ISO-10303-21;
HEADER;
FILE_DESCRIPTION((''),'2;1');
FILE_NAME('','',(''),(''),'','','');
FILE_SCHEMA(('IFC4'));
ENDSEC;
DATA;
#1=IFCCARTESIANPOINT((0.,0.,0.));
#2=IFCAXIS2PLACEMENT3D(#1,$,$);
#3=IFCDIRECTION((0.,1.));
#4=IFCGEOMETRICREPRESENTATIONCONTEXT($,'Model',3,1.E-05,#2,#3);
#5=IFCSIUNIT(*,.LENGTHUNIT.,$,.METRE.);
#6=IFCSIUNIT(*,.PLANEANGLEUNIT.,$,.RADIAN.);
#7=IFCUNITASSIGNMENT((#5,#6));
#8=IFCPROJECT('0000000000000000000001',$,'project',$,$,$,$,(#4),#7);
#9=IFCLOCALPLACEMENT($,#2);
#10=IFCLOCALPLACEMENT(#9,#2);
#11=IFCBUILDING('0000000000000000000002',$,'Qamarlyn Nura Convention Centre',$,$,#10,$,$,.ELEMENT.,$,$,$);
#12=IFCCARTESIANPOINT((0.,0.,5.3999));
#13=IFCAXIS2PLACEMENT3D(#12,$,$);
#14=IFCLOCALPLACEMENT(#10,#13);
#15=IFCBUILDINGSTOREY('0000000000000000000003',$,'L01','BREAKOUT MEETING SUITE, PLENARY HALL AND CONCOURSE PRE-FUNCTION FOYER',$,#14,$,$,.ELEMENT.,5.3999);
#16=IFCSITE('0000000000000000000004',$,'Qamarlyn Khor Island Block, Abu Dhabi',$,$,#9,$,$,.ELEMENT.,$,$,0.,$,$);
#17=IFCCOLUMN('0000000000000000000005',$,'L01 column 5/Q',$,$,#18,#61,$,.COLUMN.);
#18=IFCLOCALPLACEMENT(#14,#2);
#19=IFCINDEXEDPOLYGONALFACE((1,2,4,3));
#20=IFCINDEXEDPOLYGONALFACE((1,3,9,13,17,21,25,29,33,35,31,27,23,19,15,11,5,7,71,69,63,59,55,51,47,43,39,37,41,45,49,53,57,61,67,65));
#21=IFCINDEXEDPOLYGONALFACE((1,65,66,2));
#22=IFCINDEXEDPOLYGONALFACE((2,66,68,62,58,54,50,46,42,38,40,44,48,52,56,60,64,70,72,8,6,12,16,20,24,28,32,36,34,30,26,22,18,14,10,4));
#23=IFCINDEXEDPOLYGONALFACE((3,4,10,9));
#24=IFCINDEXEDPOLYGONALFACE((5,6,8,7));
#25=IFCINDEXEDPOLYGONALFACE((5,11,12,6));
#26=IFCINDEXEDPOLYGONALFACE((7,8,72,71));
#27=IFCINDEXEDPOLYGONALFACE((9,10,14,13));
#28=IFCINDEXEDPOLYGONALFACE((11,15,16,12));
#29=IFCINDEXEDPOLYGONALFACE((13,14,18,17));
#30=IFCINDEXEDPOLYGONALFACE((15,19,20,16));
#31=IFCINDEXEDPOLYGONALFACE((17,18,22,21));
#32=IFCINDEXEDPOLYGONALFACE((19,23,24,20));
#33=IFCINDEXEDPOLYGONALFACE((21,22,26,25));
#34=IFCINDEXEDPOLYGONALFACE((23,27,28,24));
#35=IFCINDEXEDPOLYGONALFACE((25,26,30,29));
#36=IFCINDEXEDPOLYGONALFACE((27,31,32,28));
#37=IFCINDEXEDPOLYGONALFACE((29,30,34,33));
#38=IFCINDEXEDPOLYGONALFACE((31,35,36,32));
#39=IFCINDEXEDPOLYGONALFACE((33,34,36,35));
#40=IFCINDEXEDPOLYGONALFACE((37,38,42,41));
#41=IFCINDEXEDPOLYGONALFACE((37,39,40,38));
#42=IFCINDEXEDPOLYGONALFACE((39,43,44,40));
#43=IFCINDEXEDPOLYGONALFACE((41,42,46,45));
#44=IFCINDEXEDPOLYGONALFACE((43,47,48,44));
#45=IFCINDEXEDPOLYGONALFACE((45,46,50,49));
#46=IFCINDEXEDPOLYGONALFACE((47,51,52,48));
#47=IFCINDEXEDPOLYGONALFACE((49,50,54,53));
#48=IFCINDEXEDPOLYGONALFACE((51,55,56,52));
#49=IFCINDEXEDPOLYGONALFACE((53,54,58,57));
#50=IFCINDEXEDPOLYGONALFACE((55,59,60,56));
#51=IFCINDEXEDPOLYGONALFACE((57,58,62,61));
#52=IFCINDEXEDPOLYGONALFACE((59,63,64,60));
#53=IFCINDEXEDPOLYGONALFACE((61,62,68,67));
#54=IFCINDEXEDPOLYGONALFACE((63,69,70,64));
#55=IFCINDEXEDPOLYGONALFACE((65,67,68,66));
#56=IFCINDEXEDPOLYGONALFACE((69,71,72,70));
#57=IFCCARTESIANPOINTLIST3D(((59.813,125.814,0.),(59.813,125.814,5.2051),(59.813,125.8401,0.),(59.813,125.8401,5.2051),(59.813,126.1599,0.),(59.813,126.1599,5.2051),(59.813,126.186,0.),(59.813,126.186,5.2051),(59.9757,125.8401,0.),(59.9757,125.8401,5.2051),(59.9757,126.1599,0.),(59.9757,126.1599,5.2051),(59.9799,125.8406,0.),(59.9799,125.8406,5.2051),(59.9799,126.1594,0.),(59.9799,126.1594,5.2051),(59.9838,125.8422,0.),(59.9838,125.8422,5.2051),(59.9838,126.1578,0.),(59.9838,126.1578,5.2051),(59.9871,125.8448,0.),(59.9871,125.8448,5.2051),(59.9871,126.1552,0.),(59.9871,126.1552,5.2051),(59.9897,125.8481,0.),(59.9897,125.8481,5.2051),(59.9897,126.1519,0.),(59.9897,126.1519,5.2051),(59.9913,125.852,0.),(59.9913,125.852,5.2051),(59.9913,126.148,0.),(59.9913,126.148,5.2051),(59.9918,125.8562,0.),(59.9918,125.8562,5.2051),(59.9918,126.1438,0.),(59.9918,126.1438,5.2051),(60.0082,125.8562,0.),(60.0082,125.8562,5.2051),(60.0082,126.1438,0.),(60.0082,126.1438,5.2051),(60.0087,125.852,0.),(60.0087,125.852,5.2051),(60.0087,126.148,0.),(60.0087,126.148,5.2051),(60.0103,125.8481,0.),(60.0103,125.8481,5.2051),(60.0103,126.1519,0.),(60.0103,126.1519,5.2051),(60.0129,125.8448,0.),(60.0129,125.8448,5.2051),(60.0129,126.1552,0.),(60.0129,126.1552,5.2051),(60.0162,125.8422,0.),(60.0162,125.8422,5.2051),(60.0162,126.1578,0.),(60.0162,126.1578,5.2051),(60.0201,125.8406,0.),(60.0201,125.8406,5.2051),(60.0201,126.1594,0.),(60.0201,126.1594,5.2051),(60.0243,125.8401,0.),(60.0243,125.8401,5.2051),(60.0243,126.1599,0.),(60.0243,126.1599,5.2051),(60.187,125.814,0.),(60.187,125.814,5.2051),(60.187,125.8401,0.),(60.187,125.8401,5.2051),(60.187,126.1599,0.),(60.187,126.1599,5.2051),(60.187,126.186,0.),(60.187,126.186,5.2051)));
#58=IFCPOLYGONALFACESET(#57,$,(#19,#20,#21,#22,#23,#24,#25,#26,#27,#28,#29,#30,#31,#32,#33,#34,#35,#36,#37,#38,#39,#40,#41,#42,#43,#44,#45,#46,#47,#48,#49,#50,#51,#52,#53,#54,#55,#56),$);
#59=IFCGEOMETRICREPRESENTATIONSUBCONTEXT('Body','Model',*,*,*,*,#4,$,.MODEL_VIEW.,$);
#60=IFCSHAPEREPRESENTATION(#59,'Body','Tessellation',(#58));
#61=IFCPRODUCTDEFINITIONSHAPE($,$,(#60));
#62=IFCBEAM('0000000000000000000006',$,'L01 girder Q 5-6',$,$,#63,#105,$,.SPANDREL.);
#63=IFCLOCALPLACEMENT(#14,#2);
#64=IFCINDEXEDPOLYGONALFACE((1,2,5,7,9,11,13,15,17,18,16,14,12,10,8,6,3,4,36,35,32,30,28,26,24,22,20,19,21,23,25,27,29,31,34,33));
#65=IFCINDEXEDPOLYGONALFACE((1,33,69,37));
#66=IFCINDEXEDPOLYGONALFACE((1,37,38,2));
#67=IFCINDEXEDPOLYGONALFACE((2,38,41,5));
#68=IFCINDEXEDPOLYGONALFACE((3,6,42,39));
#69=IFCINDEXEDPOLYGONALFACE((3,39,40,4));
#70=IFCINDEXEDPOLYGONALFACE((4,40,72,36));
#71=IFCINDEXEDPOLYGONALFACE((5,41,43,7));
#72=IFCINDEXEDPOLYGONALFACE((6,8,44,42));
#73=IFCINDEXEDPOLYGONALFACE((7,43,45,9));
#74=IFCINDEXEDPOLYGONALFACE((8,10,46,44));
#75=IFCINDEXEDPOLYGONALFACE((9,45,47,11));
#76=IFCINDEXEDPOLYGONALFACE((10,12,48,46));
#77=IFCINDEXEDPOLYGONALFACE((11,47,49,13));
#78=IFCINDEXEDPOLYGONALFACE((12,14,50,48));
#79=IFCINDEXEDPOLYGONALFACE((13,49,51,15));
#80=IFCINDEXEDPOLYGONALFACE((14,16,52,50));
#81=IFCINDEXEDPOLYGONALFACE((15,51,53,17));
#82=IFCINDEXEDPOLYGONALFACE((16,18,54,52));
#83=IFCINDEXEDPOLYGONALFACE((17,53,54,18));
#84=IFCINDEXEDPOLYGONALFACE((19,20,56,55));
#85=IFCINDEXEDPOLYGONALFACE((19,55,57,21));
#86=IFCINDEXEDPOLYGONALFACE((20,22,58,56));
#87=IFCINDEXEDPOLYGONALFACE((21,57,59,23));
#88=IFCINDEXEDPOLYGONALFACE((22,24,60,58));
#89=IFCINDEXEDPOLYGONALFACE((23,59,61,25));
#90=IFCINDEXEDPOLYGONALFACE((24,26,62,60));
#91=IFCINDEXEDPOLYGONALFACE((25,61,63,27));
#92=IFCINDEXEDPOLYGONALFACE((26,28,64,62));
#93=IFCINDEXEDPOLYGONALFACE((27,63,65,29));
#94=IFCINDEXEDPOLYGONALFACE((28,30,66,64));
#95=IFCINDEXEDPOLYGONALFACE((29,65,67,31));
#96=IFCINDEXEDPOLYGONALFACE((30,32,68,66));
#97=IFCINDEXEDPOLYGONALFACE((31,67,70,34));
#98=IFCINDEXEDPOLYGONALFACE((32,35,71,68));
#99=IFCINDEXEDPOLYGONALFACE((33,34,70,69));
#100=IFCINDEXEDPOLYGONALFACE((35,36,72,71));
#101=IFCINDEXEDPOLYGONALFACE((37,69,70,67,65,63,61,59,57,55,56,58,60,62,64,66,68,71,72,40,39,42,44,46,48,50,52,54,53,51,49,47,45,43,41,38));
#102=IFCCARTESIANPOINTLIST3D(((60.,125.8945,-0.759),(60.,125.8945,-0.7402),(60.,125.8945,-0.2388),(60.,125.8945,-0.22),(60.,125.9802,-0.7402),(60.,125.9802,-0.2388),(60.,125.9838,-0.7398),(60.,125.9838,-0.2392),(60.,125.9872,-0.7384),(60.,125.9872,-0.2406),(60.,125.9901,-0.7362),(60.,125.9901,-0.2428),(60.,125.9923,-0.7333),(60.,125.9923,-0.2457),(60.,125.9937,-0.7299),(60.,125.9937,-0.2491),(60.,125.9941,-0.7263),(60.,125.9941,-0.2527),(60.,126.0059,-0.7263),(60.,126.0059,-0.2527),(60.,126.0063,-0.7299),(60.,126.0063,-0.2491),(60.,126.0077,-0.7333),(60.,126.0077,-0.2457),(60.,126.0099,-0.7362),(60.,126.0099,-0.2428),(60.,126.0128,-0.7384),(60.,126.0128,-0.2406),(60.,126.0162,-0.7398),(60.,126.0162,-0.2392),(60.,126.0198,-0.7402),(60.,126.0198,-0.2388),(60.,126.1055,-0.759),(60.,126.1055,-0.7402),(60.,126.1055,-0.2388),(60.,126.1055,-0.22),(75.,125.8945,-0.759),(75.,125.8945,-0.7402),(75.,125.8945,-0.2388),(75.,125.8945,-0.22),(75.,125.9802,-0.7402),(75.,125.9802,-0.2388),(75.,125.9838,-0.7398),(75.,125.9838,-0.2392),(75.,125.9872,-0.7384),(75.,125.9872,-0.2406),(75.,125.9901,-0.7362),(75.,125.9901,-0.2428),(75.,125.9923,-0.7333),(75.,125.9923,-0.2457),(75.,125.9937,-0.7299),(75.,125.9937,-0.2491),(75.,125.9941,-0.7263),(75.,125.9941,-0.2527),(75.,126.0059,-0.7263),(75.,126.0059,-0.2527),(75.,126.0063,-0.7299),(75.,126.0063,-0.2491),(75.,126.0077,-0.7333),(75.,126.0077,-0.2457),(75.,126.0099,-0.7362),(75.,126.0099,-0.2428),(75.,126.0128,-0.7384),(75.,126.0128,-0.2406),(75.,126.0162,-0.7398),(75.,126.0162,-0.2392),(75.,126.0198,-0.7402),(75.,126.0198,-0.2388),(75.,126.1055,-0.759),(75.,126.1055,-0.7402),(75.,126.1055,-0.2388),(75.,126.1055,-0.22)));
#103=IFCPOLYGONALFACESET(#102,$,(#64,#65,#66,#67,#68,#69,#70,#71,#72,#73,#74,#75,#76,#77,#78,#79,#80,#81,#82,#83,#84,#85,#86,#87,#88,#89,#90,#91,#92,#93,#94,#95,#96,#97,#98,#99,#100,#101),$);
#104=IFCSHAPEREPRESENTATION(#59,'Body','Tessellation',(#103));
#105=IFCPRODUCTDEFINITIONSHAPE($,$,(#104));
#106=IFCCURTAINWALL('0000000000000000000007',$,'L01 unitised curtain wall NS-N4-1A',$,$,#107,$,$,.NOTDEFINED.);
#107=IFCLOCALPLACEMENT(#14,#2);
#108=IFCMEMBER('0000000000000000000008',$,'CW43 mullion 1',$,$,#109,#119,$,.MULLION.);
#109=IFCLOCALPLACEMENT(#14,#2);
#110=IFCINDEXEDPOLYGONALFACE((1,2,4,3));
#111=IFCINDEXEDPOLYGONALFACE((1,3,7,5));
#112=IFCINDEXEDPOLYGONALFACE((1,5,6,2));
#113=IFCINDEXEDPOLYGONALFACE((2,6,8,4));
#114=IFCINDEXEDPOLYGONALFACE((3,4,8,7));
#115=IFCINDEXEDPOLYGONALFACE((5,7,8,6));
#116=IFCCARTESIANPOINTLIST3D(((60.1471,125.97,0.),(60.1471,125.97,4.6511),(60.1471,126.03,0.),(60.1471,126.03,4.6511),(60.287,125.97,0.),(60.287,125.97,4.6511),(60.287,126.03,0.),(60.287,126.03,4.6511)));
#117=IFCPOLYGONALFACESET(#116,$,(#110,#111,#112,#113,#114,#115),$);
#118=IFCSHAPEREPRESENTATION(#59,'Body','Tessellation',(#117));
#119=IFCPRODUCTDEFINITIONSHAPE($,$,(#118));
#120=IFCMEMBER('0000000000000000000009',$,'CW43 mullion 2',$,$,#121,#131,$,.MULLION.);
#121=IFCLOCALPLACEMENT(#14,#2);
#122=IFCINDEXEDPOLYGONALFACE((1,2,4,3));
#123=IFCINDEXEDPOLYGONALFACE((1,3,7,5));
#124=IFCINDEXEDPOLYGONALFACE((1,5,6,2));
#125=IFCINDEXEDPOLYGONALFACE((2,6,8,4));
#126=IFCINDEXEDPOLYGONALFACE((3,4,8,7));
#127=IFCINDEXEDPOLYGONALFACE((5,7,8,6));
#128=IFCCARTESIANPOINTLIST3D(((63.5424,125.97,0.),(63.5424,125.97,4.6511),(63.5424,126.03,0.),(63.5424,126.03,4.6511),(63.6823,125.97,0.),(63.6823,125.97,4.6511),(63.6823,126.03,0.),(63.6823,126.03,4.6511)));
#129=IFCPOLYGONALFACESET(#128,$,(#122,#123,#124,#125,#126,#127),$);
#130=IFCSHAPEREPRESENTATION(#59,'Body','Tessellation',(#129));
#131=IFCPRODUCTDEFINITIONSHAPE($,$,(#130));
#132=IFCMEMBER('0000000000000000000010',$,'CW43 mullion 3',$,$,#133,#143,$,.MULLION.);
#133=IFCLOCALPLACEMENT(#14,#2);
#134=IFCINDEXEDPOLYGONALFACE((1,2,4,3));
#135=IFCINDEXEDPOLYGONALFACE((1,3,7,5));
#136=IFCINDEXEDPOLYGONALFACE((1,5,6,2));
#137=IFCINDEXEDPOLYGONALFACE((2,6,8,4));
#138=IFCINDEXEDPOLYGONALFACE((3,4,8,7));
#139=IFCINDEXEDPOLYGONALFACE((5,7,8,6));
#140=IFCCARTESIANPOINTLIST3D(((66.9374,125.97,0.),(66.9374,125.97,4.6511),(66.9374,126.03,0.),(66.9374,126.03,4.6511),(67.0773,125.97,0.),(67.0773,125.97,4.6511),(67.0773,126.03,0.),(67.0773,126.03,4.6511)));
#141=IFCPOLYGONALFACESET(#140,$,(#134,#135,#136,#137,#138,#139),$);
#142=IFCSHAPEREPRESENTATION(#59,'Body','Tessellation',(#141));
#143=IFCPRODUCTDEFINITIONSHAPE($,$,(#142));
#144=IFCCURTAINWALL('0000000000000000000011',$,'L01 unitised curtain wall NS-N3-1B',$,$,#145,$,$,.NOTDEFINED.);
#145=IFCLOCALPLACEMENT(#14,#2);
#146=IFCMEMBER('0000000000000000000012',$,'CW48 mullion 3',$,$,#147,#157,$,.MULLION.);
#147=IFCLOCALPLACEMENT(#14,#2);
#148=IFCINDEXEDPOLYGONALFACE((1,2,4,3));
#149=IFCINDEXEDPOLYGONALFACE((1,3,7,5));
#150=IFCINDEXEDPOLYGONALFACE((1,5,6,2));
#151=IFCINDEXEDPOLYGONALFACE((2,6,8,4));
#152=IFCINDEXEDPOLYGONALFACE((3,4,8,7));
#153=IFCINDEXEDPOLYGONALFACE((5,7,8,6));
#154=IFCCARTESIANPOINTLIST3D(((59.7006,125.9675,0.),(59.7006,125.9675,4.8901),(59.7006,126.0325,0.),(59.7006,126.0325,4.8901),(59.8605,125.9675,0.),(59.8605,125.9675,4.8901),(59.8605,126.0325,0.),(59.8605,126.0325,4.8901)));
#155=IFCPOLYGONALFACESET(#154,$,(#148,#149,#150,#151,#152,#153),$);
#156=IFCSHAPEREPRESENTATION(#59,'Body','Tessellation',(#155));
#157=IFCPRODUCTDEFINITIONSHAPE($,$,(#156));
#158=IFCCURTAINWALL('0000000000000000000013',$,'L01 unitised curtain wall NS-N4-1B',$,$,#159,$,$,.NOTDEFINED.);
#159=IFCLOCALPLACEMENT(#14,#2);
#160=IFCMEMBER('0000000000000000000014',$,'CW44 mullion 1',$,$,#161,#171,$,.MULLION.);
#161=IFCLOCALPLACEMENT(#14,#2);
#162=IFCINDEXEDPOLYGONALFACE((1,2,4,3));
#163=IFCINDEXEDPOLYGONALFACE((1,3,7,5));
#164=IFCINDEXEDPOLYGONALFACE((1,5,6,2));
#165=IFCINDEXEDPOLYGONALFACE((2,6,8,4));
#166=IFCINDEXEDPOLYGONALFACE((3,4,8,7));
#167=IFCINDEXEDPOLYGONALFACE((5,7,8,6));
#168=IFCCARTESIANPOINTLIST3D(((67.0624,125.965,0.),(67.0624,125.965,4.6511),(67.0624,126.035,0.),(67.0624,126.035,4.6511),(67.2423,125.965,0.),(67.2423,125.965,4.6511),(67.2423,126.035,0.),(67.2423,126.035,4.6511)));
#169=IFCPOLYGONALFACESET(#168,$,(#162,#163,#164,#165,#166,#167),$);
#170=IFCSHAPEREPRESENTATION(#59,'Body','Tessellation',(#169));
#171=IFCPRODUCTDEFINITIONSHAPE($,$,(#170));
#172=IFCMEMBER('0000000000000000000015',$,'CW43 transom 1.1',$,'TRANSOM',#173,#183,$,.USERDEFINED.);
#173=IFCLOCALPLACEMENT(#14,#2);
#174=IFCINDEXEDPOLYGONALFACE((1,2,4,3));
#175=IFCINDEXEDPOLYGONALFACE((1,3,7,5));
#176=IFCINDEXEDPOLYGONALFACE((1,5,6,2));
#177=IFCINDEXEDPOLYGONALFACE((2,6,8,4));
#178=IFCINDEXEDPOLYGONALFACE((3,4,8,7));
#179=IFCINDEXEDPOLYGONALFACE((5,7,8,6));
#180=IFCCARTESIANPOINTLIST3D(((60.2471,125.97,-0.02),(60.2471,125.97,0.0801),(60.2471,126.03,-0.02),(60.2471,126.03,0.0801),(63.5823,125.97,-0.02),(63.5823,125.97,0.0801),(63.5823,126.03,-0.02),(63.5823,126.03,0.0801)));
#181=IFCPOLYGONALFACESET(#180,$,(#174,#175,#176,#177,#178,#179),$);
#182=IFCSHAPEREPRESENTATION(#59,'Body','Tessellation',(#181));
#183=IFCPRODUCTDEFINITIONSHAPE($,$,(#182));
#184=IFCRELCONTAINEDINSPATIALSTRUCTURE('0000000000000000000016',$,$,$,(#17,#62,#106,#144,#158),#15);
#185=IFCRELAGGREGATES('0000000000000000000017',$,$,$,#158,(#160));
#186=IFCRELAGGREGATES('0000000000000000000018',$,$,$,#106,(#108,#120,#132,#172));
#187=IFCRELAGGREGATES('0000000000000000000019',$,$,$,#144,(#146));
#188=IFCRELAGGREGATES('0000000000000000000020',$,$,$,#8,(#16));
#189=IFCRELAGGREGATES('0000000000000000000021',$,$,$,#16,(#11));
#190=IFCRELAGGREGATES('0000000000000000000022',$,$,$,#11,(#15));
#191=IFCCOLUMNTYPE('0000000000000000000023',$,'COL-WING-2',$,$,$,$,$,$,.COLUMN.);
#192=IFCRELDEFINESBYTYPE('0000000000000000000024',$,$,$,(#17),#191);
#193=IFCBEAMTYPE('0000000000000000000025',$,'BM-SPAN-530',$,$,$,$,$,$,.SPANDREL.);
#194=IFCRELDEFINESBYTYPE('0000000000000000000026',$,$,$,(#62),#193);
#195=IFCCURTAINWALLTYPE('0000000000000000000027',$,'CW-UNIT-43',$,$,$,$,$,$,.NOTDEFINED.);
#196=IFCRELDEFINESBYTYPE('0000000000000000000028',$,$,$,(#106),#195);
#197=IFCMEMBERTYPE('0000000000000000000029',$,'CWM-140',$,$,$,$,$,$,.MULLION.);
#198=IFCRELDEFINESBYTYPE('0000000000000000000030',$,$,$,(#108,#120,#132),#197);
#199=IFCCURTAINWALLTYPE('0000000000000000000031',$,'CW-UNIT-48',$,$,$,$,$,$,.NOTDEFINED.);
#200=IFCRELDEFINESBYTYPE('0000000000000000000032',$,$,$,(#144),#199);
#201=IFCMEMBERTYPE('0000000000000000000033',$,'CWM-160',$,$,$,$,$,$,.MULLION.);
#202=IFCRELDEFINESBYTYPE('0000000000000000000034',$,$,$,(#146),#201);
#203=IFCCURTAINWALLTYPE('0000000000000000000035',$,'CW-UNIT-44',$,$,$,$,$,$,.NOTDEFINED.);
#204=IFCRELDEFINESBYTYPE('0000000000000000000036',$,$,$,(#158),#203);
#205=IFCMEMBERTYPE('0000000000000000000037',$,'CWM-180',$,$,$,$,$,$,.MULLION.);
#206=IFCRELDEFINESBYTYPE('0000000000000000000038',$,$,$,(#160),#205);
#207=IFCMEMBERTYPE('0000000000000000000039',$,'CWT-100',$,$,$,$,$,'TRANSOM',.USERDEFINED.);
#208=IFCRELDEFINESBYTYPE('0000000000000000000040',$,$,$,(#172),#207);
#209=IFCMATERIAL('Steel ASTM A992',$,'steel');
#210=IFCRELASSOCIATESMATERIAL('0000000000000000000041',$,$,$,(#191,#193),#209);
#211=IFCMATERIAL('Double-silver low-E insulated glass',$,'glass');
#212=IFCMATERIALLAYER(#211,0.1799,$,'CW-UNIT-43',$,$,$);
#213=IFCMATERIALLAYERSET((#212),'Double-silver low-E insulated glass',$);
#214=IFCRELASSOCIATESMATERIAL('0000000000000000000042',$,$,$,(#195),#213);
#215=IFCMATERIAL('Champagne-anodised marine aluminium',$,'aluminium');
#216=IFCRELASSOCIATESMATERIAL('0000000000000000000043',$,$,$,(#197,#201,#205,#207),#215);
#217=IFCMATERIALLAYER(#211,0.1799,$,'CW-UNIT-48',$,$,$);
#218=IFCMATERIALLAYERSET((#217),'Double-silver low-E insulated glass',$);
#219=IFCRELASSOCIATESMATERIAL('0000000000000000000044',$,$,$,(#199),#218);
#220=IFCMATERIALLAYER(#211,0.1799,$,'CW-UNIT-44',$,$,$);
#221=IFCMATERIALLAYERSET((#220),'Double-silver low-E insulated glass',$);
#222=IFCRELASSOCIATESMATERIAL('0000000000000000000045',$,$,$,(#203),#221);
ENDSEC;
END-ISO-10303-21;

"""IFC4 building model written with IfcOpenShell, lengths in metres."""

from ifc_helpers import new_model, si_unit, direction, frame, origin, origin_2d, place, context, subcontext, project, spatial, rectangle, i_section, extrude, material, layer, layer_set, material_profile, profile_set, type_object, element, aggregate, save


model = new_model("IFC4")

# Units and contexts
model_context = context("Model", 3, precision=1e-05, world=origin(), true_north=direction((0.0, 1.0)))
body_context = subcontext(model_context, "Body", "Model", "MODEL_VIEW")
ifc_project = project(units=[si_unit("LENGTHUNIT", "METRE"), si_unit("PLANEANGLEUNIT", "RADIAN")], contexts=[model_context])

# Site, building, storey
site_placement = place(None, origin())
site = spatial("IfcSite", under=ifc_project, at=site_placement, Name="Qamarlyn Khor Island Block, Abu Dhabi", CompositionType="ELEMENT", RefElevation=0.0)
building_placement = place(site_placement, origin())
building = spatial("IfcBuilding", under=site, at=building_placement, Name="Qamarlyn Nura Convention Centre", CompositionType="ELEMENT")
storey_placement = place(building_placement, frame((0.0, 0.0, 5.3999)))
storey = spatial("IfcBuildingStorey", under=building, at=storey_placement, Name="L01", Description="BREAKOUT MEETING SUITE, PLENARY HALL AND CONCOURSE PRE-FUNCTION FOYER", CompositionType="ELEMENT", Elevation=5.3999)

# Column
ifc_material_1 = material(Name="Steel ASTM A992", Category="steel")
ifc_material_profile_1 = material_profile(ifc_material_1, i_section(OverallWidth=0.374, OverallDepth=0.3721, WebThickness=0.0164, FlangeThickness=0.0261, FilletRadius=0.0161, at=origin_2d()), Name="W360X196")
ifc_profile_set_1 = profile_set([ifc_material_profile_1], Name="Steel ASTM A992")
column_type = type_object("IfcColumnType", Name="COL-WING-2", PredefinedType="COLUMN", material=ifc_profile_set_1)
column_placement = place(storey_placement, frame((60.0, 126.0, 0.0), z_axis=(0.0, 0.0, 1.0), x_axis=(1.0, 0.0, 0.0)))
element("IfcColumn", 1, at=column_placement, inside=storey, type_object=column_type, Name="L01 column 5/Q", PredefinedType="COLUMN", context=body_context, shape_type="SweptSolid", body=[
    extrude(i_section(OverallWidth=0.374, OverallDepth=0.3721, WebThickness=0.0164, FlangeThickness=0.0261, FilletRadius=0.0161, at=origin_2d()), origin(), (0.0, 0.0, 1.0), 5.2051),
])

# Beam
ifc_material_profile_2 = material_profile(ifc_material_1, i_section(OverallWidth=0.2109, OverallDepth=0.5391, WebThickness=0.0117, FlangeThickness=0.0188, FilletRadius=0.0139, at=origin_2d()), Name="W530X109")
ifc_profile_set_2 = profile_set([ifc_material_profile_2], Name="Steel ASTM A992")
beam_type = type_object("IfcBeamType", Name="BM-SPAN-530", PredefinedType="SPANDREL", material=ifc_profile_set_2)
beam_placement = place(storey_placement, frame((60.0, 126.0, -0.4895), z_axis=(1.0, 0.0, 0.0), x_axis=(0.0, 1.0, 0.0)))
element("IfcBeam", 2, at=beam_placement, inside=storey, type_object=beam_type, Name="L01 girder Q 5-6", PredefinedType="SPANDREL", context=body_context, shape_type="SweptSolid", body=[
    extrude(i_section(OverallWidth=0.2109, OverallDepth=0.5391, WebThickness=0.0117, FlangeThickness=0.0188, FilletRadius=0.0139, at=origin_2d()), origin(), (0.0, 0.0, 1.0), 15.0),
])

# Curtain wall, members
ifc_material_2 = material(Name="Double-silver low-E insulated glass", Category="glass")
ifc_layer_1 = layer(ifc_material_2, 0.1799, Name="CW-UNIT-43")
ifc_layer_set_1 = layer_set([ifc_layer_1], Name="Double-silver low-E insulated glass")
curtain_wall_type_1 = type_object("IfcCurtainWallType", Name="CW-UNIT-43", PredefinedType="NOTDEFINED", material=ifc_layer_set_1)
curtain_wall_1_placement = place(storey_placement, origin())
curtain_wall_1 = element("IfcCurtainWall", 3, at=curtain_wall_1_placement, inside=storey, type_object=curtain_wall_type_1, Name="L01 unitised curtain wall NS-N4-1A", PredefinedType="NOTDEFINED")
ifc_material_3 = material(Name="Champagne-anodised marine aluminium", Category="aluminium")
ifc_material_profile_3 = material_profile(ifc_material_3, rectangle(XDim=0.0601, YDim=0.1399, at=origin_2d()), Name="ALU MULLION 60x140")
ifc_profile_set_3 = profile_set([ifc_material_profile_3], Name="Champagne-anodised marine aluminium")
member_type_1 = type_object("IfcMemberType", Name="CWM-140", PredefinedType="MULLION", material=ifc_profile_set_3)
member_1_placement = place(storey_placement, frame((60.217, 126.0, 0.0), z_axis=(0.0, 0.0, 1.0), x_axis=(0.0, 1.0, 0.0)))
member_1 = element("IfcMember", 4, at=member_1_placement, type_object=member_type_1, Name="CW43 mullion 1", PredefinedType="MULLION", context=body_context, shape_type="SweptSolid", body=[
    extrude(rectangle(XDim=0.0601, YDim=0.1399, at=origin_2d()), origin(), (0.0, 0.0, 1.0), 4.6511),
])
member_2_placement = place(storey_placement, frame((63.6123, 126.0, 0.0), z_axis=(0.0, 0.0, 1.0), x_axis=(0.0, 1.0, 0.0)))
member_2 = element("IfcMember", 5, at=member_2_placement, type_object=member_type_1, Name="CW43 mullion 2", PredefinedType="MULLION", context=body_context, shape_type="SweptSolid", body=[
    extrude(rectangle(XDim=0.0601, YDim=0.1399, at=origin_2d()), origin(), (0.0, 0.0, 1.0), 4.6511),
])
member_3_placement = place(storey_placement, frame((67.0073, 126.0, 0.0), z_axis=(0.0, 0.0, 1.0), x_axis=(0.0, 1.0, 0.0)))
member_3 = element("IfcMember", 6, at=member_3_placement, type_object=member_type_1, Name="CW43 mullion 3", PredefinedType="MULLION", context=body_context, shape_type="SweptSolid", body=[
    extrude(rectangle(XDim=0.0601, YDim=0.1399, at=origin_2d()), origin(), (0.0, 0.0, 1.0), 4.6511),
])

# Curtain walls, members
ifc_layer_2 = layer(ifc_material_2, 0.1799, Name="CW-UNIT-48")
ifc_layer_set_2 = layer_set([ifc_layer_2], Name="Double-silver low-E insulated glass")
curtain_wall_type_2 = type_object("IfcCurtainWallType", Name="CW-UNIT-48", PredefinedType="NOTDEFINED", material=ifc_layer_set_2)
curtain_wall_2_placement = place(storey_placement, origin())
curtain_wall_2 = element("IfcCurtainWall", 7, at=curtain_wall_2_placement, inside=storey, type_object=curtain_wall_type_2, Name="L01 unitised curtain wall NS-N3-1B", PredefinedType="NOTDEFINED")
ifc_material_profile_4 = material_profile(ifc_material_3, rectangle(XDim=0.0649, YDim=0.1599, at=origin_2d()), Name="ALU MULLION 65x160")
ifc_profile_set_4 = profile_set([ifc_material_profile_4], Name="Champagne-anodised marine aluminium")
member_type_2 = type_object("IfcMemberType", Name="CWM-160", PredefinedType="MULLION", material=ifc_profile_set_4)
member_4_placement = place(storey_placement, frame((59.7805, 126.0, 0.0), z_axis=(0.0, 0.0, 1.0), x_axis=(0.0, 1.0, 0.0)))
member_4 = element("IfcMember", 8, at=member_4_placement, type_object=member_type_2, Name="CW48 mullion 3", PredefinedType="MULLION", context=body_context, shape_type="SweptSolid", body=[
    extrude(rectangle(XDim=0.0649, YDim=0.1599, at=origin_2d()), origin(), (0.0, 0.0, 1.0), 4.8901),
])
ifc_layer_3 = layer(ifc_material_2, 0.1799, Name="CW-UNIT-44")
ifc_layer_set_3 = layer_set([ifc_layer_3], Name="Double-silver low-E insulated glass")
curtain_wall_type_3 = type_object("IfcCurtainWallType", Name="CW-UNIT-44", PredefinedType="NOTDEFINED", material=ifc_layer_set_3)
curtain_wall_3_placement = place(storey_placement, origin())
curtain_wall_3 = element("IfcCurtainWall", 9, at=curtain_wall_3_placement, inside=storey, type_object=curtain_wall_type_3, Name="L01 unitised curtain wall NS-N4-1B", PredefinedType="NOTDEFINED")
ifc_material_profile_5 = material_profile(ifc_material_3, rectangle(XDim=0.0701, YDim=0.1799, at=origin_2d()), Name="ALU MULLION 70x180")
ifc_profile_set_5 = profile_set([ifc_material_profile_5], Name="Champagne-anodised marine aluminium")
member_type_3 = type_object("IfcMemberType", Name="CWM-180", PredefinedType="MULLION", material=ifc_profile_set_5)
member_5_placement = place(storey_placement, frame((67.1523, 126.0, 0.0), z_axis=(0.0, 0.0, 1.0), x_axis=(0.0, 1.0, 0.0)))
member_5 = element("IfcMember", 10, at=member_5_placement, type_object=member_type_3, Name="CW44 mullion 1", PredefinedType="MULLION", context=body_context, shape_type="SweptSolid", body=[
    extrude(rectangle(XDim=0.0701, YDim=0.1799, at=origin_2d()), origin(), (0.0, 0.0, 1.0), 4.6511),
])

# Member
ifc_material_profile_6 = material_profile(ifc_material_3, rectangle(XDim=0.0601, YDim=0.1001, at=origin_2d()), Name="ALU TRANSOM 60x100")
ifc_profile_set_6 = profile_set([ifc_material_profile_6], Name="Champagne-anodised marine aluminium")
member_type_4 = type_object("IfcMemberType", Name="CWT-100", ElementType="TRANSOM", PredefinedType="USERDEFINED", material=ifc_profile_set_6)
member_6_placement = place(storey_placement, frame((60.2471, 126.0, 0.03), z_axis=(1.0, 0.0, 0.0), x_axis=(0.0, 1.0, 0.0)))
member_6 = element("IfcMember", 11, at=member_6_placement, type_object=member_type_4, Name="CW43 transom 1.1", ObjectType="TRANSOM", PredefinedType="USERDEFINED", context=body_context, shape_type="SweptSolid", body=[
    extrude(rectangle(XDim=0.0601, YDim=0.1001, at=origin_2d()), origin(), (0.0, 0.0, 1.0), 3.3352),
])
aggregate(curtain_wall_3, [member_5])

aggregate(curtain_wall_1, [member_1, member_2, member_3, member_6])
aggregate(curtain_wall_2, [member_4])

save(model, "model.ifc")
